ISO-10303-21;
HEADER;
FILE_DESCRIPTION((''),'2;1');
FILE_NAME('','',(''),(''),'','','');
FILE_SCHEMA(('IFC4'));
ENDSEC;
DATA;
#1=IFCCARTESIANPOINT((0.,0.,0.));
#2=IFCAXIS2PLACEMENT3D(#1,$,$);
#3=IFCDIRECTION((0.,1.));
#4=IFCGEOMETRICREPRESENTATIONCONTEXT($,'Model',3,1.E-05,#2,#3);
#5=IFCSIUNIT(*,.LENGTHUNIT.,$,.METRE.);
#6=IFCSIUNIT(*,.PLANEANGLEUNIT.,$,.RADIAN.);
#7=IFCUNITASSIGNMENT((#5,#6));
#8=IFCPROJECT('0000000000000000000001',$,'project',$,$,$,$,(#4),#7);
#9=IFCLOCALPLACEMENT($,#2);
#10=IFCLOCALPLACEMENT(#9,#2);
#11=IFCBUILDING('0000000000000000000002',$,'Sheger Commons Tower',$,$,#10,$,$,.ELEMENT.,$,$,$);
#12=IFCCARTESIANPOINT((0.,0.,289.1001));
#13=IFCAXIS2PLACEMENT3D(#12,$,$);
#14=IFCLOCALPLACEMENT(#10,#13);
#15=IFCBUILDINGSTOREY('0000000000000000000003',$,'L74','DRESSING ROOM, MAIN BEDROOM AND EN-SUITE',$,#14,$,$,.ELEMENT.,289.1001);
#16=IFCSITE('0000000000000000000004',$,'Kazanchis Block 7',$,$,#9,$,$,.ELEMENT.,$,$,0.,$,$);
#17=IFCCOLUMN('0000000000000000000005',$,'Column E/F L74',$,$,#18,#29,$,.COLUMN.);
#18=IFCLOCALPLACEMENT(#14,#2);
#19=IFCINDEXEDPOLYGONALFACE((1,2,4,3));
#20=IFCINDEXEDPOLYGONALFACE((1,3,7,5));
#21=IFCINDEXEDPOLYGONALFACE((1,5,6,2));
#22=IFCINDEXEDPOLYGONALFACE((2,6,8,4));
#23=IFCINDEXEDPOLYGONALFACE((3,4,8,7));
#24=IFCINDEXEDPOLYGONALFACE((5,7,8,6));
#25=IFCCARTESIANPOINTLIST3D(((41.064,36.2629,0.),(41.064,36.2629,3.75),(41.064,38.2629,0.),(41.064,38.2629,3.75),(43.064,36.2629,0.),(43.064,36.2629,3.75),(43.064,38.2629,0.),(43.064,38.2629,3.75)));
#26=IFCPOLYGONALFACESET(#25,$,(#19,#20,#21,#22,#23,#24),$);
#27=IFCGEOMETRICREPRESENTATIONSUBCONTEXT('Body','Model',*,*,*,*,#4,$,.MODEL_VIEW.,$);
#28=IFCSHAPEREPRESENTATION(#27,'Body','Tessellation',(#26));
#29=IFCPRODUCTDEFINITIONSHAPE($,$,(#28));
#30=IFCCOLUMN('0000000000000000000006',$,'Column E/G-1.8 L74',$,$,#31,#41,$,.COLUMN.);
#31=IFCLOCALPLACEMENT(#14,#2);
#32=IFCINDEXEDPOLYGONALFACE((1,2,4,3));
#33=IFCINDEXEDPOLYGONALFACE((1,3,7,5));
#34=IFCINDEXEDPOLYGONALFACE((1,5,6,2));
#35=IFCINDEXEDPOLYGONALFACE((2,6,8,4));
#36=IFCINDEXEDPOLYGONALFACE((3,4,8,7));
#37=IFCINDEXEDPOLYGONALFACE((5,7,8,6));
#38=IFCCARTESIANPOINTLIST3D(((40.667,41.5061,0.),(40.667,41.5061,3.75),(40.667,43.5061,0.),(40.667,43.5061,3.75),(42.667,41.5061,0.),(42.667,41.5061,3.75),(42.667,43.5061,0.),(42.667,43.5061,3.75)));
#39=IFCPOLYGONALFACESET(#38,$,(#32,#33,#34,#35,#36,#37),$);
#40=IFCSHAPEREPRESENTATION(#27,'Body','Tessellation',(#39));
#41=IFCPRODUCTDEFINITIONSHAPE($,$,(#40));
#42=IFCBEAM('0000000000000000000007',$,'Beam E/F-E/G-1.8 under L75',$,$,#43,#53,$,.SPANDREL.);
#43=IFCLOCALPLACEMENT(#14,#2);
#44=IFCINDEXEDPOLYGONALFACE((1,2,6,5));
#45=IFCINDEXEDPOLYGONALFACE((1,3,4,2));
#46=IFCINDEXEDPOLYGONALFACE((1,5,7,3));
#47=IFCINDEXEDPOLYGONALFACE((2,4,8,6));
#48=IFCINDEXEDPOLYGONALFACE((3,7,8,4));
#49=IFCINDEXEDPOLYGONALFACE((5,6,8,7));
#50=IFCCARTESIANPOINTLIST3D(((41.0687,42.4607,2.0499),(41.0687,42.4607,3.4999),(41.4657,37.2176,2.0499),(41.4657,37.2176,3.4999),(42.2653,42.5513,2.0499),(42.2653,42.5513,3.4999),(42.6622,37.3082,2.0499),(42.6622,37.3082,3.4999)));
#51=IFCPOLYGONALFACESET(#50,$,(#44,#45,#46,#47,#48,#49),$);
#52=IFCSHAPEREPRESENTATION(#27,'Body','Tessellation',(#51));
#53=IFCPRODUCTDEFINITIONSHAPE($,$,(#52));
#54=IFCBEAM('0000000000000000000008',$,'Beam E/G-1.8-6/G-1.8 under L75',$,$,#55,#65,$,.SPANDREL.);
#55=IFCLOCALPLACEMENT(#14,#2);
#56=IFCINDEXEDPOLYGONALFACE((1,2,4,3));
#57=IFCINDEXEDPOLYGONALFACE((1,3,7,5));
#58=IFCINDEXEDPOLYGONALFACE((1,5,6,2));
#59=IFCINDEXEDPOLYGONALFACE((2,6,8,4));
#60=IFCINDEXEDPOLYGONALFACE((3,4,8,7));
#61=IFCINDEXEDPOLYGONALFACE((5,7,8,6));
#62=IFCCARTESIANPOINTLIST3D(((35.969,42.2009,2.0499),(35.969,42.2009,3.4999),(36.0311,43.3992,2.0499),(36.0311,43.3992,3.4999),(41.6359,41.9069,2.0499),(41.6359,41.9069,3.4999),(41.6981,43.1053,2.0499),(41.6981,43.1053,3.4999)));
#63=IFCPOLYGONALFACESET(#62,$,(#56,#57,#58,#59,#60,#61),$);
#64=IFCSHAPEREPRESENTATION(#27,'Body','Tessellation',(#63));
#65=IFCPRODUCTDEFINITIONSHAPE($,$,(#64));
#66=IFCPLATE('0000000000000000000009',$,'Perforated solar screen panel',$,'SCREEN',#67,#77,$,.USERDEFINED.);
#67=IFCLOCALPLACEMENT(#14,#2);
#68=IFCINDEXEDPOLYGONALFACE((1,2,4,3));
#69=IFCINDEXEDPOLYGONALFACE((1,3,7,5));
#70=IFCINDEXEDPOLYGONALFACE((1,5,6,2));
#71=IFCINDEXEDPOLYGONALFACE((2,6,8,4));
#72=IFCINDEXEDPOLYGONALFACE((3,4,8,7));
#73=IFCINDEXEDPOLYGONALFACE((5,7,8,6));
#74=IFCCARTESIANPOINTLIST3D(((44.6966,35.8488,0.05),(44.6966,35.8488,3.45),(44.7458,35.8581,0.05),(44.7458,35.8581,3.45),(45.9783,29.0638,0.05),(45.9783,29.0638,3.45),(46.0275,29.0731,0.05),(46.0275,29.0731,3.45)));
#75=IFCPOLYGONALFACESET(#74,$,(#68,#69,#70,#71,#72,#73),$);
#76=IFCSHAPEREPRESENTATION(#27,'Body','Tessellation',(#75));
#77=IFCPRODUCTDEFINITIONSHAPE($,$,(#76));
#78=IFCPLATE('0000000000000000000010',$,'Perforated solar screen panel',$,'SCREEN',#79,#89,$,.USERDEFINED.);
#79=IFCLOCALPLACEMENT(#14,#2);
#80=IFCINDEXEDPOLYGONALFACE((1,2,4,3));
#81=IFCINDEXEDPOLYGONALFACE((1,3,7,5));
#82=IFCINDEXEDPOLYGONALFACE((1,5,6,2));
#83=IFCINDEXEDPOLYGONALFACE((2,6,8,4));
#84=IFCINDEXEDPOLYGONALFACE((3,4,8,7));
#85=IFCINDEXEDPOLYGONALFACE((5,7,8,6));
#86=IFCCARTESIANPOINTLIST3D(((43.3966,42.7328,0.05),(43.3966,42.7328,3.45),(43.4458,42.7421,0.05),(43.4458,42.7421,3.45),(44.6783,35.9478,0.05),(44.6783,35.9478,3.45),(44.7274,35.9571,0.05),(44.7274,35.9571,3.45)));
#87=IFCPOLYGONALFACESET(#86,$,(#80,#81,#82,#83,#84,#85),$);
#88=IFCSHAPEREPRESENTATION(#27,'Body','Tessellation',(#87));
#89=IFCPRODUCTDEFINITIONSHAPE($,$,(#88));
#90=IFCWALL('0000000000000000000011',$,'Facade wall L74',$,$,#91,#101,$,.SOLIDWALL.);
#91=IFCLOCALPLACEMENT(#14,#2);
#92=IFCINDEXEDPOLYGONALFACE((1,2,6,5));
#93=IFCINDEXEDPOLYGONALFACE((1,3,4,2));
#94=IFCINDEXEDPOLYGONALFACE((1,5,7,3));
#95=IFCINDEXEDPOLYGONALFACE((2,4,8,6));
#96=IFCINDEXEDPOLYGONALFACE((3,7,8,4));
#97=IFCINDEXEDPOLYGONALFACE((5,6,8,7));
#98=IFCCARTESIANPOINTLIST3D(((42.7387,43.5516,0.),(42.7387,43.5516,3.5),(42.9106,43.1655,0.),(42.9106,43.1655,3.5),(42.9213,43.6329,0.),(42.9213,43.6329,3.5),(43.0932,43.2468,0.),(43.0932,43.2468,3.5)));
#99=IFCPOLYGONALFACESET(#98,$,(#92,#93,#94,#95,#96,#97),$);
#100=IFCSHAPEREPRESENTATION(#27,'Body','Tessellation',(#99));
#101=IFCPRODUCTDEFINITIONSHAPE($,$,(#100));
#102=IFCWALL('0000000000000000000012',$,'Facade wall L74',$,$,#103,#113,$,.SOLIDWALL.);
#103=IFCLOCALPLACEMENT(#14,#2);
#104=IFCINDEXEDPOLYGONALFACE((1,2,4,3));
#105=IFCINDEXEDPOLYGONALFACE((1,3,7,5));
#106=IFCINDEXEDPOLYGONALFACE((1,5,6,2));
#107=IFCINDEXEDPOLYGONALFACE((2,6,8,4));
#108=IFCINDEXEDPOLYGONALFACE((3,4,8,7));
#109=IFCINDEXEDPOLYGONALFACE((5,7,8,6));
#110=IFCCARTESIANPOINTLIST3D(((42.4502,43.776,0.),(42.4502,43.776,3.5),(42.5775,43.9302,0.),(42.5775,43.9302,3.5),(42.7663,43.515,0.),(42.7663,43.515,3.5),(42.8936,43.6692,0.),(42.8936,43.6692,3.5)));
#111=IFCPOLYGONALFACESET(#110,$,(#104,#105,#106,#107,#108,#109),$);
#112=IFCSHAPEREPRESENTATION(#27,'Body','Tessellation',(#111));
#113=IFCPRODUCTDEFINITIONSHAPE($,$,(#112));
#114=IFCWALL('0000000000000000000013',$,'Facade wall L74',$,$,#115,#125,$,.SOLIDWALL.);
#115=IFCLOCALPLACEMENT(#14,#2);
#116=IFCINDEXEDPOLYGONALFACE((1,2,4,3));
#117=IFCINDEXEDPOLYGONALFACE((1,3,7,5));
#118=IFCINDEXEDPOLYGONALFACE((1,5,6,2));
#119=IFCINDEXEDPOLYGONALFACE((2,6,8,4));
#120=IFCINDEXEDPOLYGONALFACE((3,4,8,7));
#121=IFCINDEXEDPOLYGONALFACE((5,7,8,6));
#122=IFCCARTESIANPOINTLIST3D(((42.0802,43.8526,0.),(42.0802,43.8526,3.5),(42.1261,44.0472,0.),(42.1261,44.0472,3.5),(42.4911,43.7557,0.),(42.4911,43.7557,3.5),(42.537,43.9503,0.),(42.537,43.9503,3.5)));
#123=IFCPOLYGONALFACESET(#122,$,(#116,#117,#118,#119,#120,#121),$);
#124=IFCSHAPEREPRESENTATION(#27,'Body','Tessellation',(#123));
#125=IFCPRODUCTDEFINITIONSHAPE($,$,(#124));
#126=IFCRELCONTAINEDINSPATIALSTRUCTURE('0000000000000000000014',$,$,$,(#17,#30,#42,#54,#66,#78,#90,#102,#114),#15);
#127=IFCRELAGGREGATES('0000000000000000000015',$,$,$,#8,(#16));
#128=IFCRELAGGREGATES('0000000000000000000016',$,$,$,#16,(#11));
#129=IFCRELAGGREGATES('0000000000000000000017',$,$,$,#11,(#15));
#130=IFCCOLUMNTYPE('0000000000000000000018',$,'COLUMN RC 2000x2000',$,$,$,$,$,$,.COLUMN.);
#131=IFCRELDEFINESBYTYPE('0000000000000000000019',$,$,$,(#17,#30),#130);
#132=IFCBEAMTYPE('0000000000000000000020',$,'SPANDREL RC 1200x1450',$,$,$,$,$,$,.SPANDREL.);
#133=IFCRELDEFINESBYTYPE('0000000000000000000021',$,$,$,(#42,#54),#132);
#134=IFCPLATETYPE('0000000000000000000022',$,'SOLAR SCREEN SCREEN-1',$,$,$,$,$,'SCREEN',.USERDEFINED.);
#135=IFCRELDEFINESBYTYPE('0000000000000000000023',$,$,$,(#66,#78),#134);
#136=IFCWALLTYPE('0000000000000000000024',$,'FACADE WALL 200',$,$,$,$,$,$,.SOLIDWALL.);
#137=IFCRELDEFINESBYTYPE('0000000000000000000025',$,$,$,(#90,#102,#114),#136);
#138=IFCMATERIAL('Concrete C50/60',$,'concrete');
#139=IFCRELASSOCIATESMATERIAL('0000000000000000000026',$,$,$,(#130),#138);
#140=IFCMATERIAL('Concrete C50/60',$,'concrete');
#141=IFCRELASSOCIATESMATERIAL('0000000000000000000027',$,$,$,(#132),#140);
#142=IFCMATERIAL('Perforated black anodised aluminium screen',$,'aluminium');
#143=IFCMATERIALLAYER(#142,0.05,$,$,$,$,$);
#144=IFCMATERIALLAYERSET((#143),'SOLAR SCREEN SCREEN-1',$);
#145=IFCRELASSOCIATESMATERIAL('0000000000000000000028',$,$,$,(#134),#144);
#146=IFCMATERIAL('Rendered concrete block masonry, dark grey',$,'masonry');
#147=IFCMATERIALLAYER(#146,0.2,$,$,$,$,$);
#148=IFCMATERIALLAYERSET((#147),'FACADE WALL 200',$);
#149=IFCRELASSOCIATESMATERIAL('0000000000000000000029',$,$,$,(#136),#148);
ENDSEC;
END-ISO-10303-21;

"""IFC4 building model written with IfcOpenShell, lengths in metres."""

from ifc_helpers import new_model, si_unit, direction, frame, frame_2d, origin, origin_2d, place, context, subcontext, project, spatial, rectangle, extrude, material, layer, layer_set, material_profile, profile_set, type_object, element, save


model = new_model("IFC4")

# Units and contexts
model_context = context("Model", 3, precision=1e-05, world=origin(), true_north=direction((0.0, 1.0)))
body_context = subcontext(model_context, "Body", "Model", "MODEL_VIEW")
ifc_project = project(units=[si_unit("LENGTHUNIT", "METRE"), si_unit("PLANEANGLEUNIT", "RADIAN")], contexts=[model_context])

# Site, building, storey
site_placement = place(None, origin())
site = spatial("IfcSite", under=ifc_project, at=site_placement, Name="Kazanchis Block 7", CompositionType="ELEMENT", RefElevation=0.0)
building_placement = place(site_placement, origin())
building = spatial("IfcBuilding", under=site, at=building_placement, Name="Sheger Commons Tower", CompositionType="ELEMENT")
storey_placement = place(building_placement, frame((0.0, 0.0, 289.1001)))
storey = spatial("IfcBuildingStorey", under=building, at=storey_placement, Name="L74", Description="DRESSING ROOM, MAIN BEDROOM AND EN-SUITE", CompositionType="ELEMENT", Elevation=289.1001)

# Columns
ifc_material_1 = material(Name="Concrete C50/60", Category="concrete")
ifc_material_profile_1 = material_profile(ifc_material_1, rectangle(XDim=2.0, YDim=2.0, at=origin_2d()), Name="RC 2000x2000")
ifc_profile_set_1 = profile_set([ifc_material_profile_1], Name="Concrete C50/60")
column_type = type_object("IfcColumnType", Name="COLUMN RC 2000x2000", PredefinedType="COLUMN", material=ifc_profile_set_1)
for number, where, z_axis, x_axis, name in (
    (1, (42.064, 37.2629, 0.0), (0.0, 0.0, 1.0), (1.0, 0.0, 0.0), "Column E/F L74"),
    (2, (41.667, 42.5061, 0.0), (0.0, 0.0, 1.0), (1.0, 0.0, 0.0), "Column E/G-1.8 L74"),
):
    element("IfcColumn", number, at=place(storey_placement, frame(where, z_axis=z_axis, x_axis=x_axis)), inside=storey, type_object=column_type, Name=name, PredefinedType="COLUMN", context=body_context, shape_type="SweptSolid", body=[
        extrude(rectangle(XDim=2.0, YDim=2.0, at=origin_2d()), origin(), (0.0, 0.0, 1.0), 3.75),
    ])

# Beams
ifc_material_2 = material(Name="Concrete C50/60", Category="concrete")
ifc_material_profile_2 = material_profile(ifc_material_2, rectangle(XDim=1.2, YDim=1.45, at=origin_2d()), Name="RC 1200x1450")
ifc_profile_set_2 = profile_set([ifc_material_profile_2], Name="Concrete C50/60")
beam_type = type_object("IfcBeamType", Name="SPANDREL RC 1200x1450", PredefinedType="SPANDREL", material=ifc_profile_set_2)
beam_1_placement = place(storey_placement, frame((42.064, 37.2629, 2.7749), z_axis=(-0.075496, 0.997146, 0.0), x_axis=(-0.997146, -0.075496, 0.0)))
element("IfcBeam", 3, at=beam_1_placement, inside=storey, type_object=beam_type, Name="Beam E/F-E/G-1.8 under L75", PredefinedType="SPANDREL", context=body_context, shape_type="SweptSolid", body=[
    extrude(rectangle(XDim=1.2, YDim=1.45, at=origin_2d()), origin(), (0.0, 0.0, 1.0), 5.2581),
])
beam_2_placement = place(storey_placement, frame((41.667, 42.5061, 2.7749), z_axis=(-0.998657, 0.0518, 0.0), x_axis=(-0.0518, -0.998657, 0.0)))
element("IfcBeam", 4, at=beam_2_placement, inside=storey, type_object=beam_type, Name="Beam E/G-1.8-6/G-1.8 under L75", PredefinedType="SPANDREL", context=body_context, shape_type="SweptSolid", body=[
    extrude(rectangle(XDim=1.2, YDim=1.45, at=origin_2d()), origin(), (0.0, 0.0, 1.0), 5.6746),
])

# Plates
ifc_material_3 = material(Name="Perforated black anodised aluminium screen", Category="aluminium")
ifc_layer_1 = layer(ifc_material_3, 0.05)
ifc_layer_set_1 = layer_set([ifc_layer_1], Name="SOLAR SCREEN SCREEN-1")
plate_type = type_object("IfcPlateType", Name="SOLAR SCREEN SCREEN-1", ElementType="SCREEN", PredefinedType="USERDEFINED", material=ifc_layer_set_1)
for number, where, z_axis, x_axis, name in (
    (5, (45.3621, 32.4609, 0.05), (0.0, 0.0, 1.0), (-0.185615, 0.982623, 0.0), "Perforated solar screen panel"),
    (6, (44.062, 39.345, 0.05), (0.0, 0.0, 1.0), (-0.185615, 0.982623, 0.0), "Perforated solar screen panel"),
):
    element("IfcPlate", number, at=place(storey_placement, frame(where, z_axis=z_axis, x_axis=x_axis)), inside=storey, type_object=plate_type, Name=name, ObjectType="SCREEN", PredefinedType="USERDEFINED", context=body_context, shape_type="SweptSolid", body=[
        extrude(rectangle(XDim=6.905, YDim=0.05, at=origin_2d()), origin(), (0.0, 0.0, 1.0), 3.3999),
    ])

# Walls
ifc_material_4 = material(Name="Rendered concrete block masonry, dark grey", Category="masonry")
ifc_layer_2 = layer(ifc_material_4, 0.2)
ifc_layer_set_2 = layer_set([ifc_layer_2], Name="FACADE WALL 200")
wall_type_1 = type_object("IfcWallType", Name="FACADE WALL 200", PredefinedType="SOLIDWALL", material=ifc_layer_set_2)
wall_1_placement = place(storey_placement, frame((43.002, 43.2061, 0.0), z_axis=(0.0, 0.0, 1.0), x_axis=(-0.406782, 0.913525, 0.0)))
element("IfcWall", 7, at=wall_1_placement, inside=storey, type_object=wall_type_1, Name="Facade wall L74", PredefinedType="SOLIDWALL", context=body_context, shape_type="SweptSolid", body=[
    extrude(rectangle(XDim=0.4226, YDim=0.2, at=frame_2d((0.2114, 0.0))), origin(), (0.0, 0.0, 1.0), 3.5),
])
wall_2_placement = place(storey_placement, frame((42.8301, 43.592, 0.0), z_axis=(0.0, 0.0, 1.0), x_axis=(-0.771191, 0.636604, 0.0)))
element("IfcWall", 8, at=wall_2_placement, inside=storey, type_object=wall_type_1, Name="Facade wall L74", PredefinedType="SOLIDWALL", context=body_context, shape_type="SweptSolid", body=[
    extrude(rectangle(XDim=0.4099, YDim=0.2, at=frame_2d((0.2051, 0.0))), origin(), (0.0, 0.0, 1.0), 3.5),
])
wall_3_placement = place(storey_placement, frame((42.5139, 43.853, 0.0), z_axis=(0.0, 0.0, 1.0), x_axis=(-0.973288, 0.229587, 0.0)))
element("IfcWall", 9, at=wall_3_placement, inside=storey, type_object=wall_type_1, Name="Facade wall L74", PredefinedType="SOLIDWALL", context=body_context, shape_type="SweptSolid", body=[
    extrude(rectangle(XDim=0.4221, YDim=0.2, at=frame_2d((0.2109, 0.0))), origin(), (0.0, 0.0, 1.0), 3.5),
])

save(model, "model.ifc")
